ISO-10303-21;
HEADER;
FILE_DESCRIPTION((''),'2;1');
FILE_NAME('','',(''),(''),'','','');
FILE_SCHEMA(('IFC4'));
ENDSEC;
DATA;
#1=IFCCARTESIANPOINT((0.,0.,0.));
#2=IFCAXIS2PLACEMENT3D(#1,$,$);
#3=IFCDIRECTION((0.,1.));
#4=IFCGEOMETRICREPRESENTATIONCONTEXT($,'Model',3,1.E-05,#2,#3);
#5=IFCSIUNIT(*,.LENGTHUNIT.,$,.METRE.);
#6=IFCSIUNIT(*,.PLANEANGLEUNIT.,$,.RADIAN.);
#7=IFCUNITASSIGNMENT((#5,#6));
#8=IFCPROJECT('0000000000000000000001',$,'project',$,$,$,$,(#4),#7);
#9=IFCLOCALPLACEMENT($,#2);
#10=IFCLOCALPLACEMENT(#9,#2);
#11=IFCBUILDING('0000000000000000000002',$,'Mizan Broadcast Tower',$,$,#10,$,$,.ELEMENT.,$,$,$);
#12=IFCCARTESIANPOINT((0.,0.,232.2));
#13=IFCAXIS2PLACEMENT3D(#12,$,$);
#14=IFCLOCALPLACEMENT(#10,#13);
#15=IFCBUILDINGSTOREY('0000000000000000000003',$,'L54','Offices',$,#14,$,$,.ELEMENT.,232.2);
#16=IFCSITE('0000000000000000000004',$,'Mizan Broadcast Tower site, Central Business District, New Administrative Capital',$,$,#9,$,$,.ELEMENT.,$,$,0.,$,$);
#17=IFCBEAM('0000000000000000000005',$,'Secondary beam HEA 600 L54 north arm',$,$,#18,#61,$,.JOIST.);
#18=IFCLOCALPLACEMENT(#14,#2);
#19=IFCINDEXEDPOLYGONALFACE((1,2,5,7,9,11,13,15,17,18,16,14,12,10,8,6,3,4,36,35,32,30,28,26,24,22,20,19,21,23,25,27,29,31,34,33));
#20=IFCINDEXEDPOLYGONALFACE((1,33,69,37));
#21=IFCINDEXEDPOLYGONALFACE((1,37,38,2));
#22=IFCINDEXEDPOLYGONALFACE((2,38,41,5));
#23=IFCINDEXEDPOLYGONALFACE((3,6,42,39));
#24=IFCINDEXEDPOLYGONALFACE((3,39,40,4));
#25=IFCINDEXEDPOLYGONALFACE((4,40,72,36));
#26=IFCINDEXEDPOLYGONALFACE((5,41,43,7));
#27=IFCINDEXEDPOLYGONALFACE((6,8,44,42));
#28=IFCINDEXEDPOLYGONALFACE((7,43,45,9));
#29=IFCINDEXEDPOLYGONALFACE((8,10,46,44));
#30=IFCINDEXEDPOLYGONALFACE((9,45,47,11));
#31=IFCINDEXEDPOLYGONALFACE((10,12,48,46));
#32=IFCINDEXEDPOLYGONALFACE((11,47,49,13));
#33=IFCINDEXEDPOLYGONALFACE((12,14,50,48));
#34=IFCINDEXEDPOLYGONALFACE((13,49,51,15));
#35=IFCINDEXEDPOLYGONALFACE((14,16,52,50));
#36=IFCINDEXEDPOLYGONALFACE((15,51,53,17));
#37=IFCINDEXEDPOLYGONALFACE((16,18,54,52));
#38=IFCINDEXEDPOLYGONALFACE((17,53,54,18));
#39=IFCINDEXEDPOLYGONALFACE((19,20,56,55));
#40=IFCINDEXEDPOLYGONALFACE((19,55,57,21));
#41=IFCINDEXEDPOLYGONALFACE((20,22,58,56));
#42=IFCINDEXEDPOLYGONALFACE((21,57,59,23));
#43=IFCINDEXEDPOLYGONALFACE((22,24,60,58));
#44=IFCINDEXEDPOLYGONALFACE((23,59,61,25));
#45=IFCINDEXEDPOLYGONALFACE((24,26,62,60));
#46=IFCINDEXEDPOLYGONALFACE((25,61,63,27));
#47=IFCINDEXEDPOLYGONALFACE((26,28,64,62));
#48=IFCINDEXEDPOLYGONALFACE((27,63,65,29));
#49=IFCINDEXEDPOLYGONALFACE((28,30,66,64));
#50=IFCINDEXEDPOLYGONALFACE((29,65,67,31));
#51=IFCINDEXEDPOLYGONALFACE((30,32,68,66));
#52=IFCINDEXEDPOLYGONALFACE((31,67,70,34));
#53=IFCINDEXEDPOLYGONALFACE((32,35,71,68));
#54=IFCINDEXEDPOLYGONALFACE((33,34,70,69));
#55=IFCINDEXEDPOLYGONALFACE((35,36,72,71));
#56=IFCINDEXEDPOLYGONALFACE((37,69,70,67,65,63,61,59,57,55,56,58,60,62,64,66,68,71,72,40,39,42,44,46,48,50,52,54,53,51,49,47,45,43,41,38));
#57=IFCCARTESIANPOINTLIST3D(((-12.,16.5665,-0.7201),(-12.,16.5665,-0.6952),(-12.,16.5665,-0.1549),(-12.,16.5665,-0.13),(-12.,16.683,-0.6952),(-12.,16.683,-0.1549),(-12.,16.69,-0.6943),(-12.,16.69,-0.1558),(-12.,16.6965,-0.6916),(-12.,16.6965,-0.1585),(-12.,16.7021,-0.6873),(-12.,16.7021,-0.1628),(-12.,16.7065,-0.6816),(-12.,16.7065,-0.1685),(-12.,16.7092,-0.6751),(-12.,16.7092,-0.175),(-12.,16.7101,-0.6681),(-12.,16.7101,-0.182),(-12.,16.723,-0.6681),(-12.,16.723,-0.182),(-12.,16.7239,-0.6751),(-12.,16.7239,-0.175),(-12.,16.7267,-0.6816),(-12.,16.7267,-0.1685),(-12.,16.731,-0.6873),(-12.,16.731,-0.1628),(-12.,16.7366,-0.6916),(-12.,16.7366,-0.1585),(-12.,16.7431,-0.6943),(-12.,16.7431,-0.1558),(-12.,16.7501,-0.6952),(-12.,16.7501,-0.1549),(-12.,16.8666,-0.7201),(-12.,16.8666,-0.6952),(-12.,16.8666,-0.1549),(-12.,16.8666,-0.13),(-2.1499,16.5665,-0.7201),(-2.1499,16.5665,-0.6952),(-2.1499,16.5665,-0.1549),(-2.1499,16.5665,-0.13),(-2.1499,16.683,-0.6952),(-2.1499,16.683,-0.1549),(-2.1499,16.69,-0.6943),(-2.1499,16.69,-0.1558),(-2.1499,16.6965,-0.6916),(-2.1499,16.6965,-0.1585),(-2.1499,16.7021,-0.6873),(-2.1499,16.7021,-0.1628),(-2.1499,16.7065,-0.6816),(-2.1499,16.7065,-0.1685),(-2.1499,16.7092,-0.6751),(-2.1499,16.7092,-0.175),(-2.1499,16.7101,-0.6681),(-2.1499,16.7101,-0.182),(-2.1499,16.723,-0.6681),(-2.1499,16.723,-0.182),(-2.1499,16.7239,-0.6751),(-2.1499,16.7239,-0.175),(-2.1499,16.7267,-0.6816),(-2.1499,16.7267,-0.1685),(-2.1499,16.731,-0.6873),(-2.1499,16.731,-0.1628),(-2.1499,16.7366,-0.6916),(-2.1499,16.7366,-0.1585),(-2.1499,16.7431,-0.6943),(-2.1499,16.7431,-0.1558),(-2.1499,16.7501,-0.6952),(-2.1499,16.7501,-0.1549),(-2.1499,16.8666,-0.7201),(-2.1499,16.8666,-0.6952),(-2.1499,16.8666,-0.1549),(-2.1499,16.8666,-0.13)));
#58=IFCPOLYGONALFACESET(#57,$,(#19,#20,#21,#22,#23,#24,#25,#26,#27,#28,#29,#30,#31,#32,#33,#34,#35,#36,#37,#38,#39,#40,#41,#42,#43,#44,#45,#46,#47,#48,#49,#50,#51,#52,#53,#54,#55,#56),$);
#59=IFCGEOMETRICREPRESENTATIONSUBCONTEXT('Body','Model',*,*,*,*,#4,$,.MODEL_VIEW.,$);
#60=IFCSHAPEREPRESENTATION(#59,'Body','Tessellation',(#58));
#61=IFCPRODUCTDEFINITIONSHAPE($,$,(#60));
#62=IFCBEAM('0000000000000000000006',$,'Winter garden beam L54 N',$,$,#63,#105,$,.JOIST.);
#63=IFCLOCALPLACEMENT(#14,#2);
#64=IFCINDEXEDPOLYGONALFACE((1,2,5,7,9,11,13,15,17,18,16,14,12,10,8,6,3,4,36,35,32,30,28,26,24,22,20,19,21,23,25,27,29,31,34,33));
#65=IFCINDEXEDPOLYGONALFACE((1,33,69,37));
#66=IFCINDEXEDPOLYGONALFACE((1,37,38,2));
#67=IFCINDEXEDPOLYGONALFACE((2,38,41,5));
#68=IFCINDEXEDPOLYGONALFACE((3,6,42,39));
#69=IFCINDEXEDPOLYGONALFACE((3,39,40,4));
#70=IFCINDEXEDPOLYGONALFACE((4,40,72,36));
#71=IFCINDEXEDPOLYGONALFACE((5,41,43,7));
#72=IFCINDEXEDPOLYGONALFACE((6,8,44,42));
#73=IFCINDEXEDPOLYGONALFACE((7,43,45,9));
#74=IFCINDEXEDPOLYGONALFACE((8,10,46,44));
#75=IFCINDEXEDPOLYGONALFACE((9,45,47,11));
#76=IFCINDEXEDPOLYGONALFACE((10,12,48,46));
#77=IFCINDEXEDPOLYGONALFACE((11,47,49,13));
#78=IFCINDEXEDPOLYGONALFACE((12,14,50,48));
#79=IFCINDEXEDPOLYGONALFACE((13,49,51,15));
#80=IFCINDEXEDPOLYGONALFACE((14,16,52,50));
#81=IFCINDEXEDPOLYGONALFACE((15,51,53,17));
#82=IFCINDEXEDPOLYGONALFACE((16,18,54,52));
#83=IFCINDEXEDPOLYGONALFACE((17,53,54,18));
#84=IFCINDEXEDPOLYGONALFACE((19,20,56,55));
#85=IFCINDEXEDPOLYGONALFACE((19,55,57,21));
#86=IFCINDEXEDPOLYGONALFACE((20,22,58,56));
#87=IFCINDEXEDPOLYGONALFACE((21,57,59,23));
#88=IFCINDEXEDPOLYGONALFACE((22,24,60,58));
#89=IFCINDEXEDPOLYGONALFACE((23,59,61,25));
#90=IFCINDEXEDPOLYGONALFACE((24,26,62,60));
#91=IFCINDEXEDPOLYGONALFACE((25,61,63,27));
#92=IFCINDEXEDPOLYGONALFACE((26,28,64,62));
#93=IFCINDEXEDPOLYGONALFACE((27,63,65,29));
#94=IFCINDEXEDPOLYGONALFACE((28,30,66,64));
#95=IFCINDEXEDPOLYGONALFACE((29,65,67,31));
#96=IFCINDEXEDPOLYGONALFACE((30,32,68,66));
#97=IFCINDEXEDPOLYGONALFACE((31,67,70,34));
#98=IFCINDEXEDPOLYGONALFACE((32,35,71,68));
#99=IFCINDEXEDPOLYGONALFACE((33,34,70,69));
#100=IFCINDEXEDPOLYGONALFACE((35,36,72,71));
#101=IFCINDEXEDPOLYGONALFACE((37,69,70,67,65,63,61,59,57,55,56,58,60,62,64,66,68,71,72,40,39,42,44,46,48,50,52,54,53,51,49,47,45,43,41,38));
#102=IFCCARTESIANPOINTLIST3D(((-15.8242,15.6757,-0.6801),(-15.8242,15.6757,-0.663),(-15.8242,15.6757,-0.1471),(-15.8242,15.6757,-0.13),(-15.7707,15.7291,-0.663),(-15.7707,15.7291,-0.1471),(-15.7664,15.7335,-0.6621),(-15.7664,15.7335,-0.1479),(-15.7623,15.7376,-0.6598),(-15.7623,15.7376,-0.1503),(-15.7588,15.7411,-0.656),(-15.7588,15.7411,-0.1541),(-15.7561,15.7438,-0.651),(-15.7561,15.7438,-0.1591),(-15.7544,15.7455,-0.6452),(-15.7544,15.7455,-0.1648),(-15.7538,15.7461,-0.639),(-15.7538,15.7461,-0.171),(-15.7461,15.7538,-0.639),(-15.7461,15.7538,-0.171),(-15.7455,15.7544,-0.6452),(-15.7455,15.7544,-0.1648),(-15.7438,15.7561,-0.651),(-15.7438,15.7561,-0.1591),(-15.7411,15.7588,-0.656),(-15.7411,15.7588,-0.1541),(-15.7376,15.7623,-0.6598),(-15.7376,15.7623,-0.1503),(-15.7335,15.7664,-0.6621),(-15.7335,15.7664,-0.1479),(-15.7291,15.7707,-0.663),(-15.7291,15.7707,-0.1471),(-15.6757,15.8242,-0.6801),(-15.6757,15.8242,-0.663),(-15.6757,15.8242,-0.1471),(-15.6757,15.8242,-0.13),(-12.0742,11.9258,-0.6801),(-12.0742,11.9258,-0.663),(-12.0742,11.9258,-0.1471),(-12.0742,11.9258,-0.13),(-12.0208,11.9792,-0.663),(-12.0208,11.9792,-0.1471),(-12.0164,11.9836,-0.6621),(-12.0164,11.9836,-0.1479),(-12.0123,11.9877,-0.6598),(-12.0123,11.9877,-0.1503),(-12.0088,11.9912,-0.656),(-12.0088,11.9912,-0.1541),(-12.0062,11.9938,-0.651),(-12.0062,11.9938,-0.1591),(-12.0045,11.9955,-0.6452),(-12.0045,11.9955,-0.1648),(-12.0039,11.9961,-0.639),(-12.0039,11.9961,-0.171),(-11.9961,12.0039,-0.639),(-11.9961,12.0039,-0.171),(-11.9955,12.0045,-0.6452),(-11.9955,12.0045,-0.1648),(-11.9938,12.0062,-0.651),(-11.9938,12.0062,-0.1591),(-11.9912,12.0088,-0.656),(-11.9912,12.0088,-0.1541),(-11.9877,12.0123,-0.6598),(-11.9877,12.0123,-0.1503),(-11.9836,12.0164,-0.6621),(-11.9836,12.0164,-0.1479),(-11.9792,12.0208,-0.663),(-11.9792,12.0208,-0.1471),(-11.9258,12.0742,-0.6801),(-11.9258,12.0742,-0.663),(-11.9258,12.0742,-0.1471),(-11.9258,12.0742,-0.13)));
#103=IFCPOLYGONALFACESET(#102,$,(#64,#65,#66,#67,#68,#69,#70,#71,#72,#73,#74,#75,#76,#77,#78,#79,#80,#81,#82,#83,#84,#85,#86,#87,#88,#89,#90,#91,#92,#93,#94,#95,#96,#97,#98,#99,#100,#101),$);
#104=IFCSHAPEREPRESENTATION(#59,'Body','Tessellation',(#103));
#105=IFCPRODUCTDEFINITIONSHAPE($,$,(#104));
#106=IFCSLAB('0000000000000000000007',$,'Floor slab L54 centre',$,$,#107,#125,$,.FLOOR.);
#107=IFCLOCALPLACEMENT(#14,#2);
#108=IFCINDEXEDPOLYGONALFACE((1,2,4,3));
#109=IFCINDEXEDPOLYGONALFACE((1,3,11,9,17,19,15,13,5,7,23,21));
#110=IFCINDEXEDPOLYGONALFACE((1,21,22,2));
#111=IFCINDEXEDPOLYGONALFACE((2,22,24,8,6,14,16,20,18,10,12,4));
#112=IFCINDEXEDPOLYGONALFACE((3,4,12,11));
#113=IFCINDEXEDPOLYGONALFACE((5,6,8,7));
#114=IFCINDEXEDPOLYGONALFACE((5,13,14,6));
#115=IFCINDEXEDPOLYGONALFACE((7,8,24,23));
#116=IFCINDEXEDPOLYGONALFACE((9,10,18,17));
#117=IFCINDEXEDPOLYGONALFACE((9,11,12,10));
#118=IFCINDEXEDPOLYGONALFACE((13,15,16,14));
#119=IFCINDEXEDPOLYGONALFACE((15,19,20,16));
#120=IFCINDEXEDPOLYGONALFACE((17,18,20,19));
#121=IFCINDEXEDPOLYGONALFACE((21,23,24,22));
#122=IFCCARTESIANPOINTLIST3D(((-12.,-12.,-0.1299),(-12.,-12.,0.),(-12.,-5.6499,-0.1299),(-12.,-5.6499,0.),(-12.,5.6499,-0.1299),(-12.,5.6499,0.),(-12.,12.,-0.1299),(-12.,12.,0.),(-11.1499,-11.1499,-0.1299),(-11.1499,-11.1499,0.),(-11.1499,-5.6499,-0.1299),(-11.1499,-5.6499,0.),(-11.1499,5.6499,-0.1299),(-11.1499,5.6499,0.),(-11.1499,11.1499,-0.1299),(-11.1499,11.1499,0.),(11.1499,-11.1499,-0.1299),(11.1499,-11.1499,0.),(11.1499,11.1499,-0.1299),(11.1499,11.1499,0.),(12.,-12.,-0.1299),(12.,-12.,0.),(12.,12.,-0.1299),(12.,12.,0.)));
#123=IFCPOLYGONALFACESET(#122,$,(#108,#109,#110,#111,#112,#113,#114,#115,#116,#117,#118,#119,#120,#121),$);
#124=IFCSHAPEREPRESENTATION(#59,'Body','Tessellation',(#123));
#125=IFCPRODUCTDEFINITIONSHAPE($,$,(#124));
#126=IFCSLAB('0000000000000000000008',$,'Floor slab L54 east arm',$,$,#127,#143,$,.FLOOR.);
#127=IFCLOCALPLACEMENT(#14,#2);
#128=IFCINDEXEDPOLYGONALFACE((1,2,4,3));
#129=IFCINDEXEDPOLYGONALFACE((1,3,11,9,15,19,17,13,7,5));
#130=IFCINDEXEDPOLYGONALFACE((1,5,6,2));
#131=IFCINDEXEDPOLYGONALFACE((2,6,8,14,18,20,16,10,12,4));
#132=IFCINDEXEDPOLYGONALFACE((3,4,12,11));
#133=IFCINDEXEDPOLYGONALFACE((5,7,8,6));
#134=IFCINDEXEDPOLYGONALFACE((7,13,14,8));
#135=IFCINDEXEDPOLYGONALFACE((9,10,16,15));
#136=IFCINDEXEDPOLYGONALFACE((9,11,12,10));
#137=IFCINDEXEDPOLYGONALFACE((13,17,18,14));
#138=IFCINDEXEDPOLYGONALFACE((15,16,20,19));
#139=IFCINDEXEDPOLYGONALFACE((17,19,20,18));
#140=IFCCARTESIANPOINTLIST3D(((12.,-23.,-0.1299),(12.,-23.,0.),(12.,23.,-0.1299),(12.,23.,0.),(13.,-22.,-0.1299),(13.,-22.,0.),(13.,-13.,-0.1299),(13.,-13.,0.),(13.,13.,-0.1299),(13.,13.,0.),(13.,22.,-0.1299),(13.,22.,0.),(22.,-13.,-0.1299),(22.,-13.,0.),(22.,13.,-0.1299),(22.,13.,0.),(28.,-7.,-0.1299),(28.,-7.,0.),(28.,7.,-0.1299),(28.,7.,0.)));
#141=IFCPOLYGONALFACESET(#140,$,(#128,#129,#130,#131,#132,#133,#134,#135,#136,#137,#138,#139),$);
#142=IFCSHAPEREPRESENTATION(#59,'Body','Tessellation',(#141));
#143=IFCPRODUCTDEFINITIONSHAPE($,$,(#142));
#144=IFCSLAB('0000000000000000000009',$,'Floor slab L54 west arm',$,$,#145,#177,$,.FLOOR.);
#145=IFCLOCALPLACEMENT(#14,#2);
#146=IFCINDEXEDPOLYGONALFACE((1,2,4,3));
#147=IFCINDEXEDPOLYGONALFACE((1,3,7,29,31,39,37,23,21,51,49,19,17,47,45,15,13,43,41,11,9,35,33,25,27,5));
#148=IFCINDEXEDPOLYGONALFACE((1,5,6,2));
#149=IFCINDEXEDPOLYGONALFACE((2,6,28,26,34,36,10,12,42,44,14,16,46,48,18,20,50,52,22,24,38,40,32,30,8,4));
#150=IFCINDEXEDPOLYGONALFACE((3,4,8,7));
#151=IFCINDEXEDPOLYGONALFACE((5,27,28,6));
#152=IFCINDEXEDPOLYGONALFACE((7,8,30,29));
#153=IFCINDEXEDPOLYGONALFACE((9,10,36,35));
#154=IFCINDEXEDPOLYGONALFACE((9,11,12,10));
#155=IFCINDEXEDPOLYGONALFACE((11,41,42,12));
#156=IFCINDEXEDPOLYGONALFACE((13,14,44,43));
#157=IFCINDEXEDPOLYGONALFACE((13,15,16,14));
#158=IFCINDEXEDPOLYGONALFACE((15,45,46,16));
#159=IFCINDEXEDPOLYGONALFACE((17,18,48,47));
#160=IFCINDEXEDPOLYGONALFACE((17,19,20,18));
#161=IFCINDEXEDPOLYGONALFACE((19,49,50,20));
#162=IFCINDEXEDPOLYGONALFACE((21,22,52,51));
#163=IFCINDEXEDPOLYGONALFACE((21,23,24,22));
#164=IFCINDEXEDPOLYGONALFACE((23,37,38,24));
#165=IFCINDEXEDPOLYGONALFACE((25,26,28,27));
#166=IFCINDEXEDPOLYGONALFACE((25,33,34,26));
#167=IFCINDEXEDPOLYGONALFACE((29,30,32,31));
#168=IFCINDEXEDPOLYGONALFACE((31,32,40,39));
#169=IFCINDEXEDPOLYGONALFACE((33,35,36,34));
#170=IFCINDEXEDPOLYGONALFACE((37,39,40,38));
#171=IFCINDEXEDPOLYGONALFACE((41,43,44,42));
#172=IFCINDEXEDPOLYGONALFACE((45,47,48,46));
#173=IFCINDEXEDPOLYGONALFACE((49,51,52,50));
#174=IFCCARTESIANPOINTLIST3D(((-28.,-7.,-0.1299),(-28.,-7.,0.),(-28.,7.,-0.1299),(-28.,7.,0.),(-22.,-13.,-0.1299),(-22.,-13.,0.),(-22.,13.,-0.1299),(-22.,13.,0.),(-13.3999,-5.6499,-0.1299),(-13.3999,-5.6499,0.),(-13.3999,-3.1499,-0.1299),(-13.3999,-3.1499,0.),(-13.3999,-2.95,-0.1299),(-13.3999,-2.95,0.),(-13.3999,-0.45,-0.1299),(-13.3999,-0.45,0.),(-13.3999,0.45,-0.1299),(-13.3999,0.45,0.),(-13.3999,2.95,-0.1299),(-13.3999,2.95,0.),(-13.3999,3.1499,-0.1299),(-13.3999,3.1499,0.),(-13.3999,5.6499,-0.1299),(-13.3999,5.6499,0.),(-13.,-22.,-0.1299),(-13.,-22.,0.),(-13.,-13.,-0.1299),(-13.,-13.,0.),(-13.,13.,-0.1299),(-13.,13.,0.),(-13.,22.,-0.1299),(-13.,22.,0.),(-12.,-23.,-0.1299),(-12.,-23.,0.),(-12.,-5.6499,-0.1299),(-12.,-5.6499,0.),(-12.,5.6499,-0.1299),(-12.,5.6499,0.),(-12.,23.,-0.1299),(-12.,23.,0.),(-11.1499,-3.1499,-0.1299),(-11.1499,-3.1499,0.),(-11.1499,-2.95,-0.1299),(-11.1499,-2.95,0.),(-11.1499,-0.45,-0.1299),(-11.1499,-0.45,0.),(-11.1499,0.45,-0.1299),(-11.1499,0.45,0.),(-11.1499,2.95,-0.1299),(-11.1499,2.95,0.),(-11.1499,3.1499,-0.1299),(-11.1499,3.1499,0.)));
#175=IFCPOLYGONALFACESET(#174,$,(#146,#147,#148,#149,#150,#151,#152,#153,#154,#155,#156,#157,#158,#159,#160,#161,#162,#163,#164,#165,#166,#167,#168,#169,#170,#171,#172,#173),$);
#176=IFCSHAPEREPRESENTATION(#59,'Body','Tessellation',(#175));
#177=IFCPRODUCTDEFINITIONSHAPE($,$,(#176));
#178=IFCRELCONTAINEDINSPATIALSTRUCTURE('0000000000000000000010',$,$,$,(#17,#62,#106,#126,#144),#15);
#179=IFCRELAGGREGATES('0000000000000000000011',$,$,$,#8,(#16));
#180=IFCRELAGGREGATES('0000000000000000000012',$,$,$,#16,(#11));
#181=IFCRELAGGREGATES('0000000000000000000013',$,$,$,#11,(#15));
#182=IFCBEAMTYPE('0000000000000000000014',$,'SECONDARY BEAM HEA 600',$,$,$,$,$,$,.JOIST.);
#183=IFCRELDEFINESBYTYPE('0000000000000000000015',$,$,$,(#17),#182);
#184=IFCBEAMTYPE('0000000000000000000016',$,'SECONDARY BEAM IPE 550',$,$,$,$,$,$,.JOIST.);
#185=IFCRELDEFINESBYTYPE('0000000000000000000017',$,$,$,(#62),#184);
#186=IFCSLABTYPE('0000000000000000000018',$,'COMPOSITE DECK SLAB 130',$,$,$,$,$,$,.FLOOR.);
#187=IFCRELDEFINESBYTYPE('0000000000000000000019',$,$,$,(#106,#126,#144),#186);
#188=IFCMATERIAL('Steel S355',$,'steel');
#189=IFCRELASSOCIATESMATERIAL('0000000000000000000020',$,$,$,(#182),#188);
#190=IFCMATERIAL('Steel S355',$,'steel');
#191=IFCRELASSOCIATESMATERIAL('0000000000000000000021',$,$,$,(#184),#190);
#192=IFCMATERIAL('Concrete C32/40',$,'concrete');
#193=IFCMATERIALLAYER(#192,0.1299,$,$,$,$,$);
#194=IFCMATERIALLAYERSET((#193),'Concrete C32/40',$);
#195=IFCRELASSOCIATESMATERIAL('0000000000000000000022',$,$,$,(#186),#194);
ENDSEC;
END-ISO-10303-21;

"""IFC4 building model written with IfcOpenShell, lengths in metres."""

from ifc_helpers import new_model, si_unit, direction, frame, origin, origin_2d, place, context, subcontext, project, spatial, polyline, i_section, outline, extrude, material, layer, layer_set, material_profile, profile_set, type_object, element, save


model = new_model("IFC4")

# Units and contexts
model_context = context("Model", 3, precision=1e-05, world=origin(), true_north=direction((0.0, 1.0)))
body_context = subcontext(model_context, "Body", "Model", "MODEL_VIEW")
ifc_project = project(units=[si_unit("LENGTHUNIT", "METRE"), si_unit("PLANEANGLEUNIT", "RADIAN")], contexts=[model_context])

# Site, building, storey
site_placement = place(None, origin())
site = spatial("IfcSite", under=ifc_project, at=site_placement, Name="Mizan Broadcast Tower site, Central Business District, New Administrative Capital", CompositionType="ELEMENT", RefElevation=0.0)
building_placement = place(site_placement, origin())
building = spatial("IfcBuilding", under=site, at=building_placement, Name="Mizan Broadcast Tower", CompositionType="ELEMENT")
storey_placement = place(building_placement, frame((0.0, 0.0, 232.2)))
storey = spatial("IfcBuildingStorey", under=building, at=storey_placement, Name="L54", Description="Offices", CompositionType="ELEMENT", Elevation=232.2)

# Beams
ifc_material_1 = material(Name="Steel S355", Category="steel")
ifc_material_profile_1 = material_profile(ifc_material_1, i_section(OverallWidth=0.3, OverallDepth=0.5901, WebThickness=0.0129, FlangeThickness=0.0249, FilletRadius=0.0271, at=origin_2d()), Name="HEA 600")
ifc_profile_set_1 = profile_set([ifc_material_profile_1], Name="Steel S355")
beam_type_1 = type_object("IfcBeamType", Name="SECONDARY BEAM HEA 600", PredefinedType="JOIST", material=ifc_profile_set_1)
for number, where, z_axis, x_axis, name in (
    (1, (-12.0, 16.7166, -0.425), (1.0, 0.0, 0.0), (0.0, 1.0, 0.0), "Secondary beam HEA 600 L54 north arm"),
):
    element("IfcBeam", number, at=place(storey_placement, frame(where, z_axis=z_axis, x_axis=x_axis)), inside=storey, type_object=beam_type_1, Name=name, PredefinedType="JOIST", context=body_context, shape_type="SweptSolid", body=[
        extrude(i_section(OverallWidth=0.3, OverallDepth=0.5901, WebThickness=0.0129, FlangeThickness=0.0249, FilletRadius=0.0271, at=origin_2d()), origin(), (0.0, 0.0, 1.0), 9.8501),
    ])
ifc_material_2 = material(Name="Steel S355", Category="steel")
ifc_material_profile_2 = material_profile(ifc_material_2, i_section(OverallWidth=0.21, OverallDepth=0.55, WebThickness=0.011, FlangeThickness=0.0171, FilletRadius=0.0239, at=origin_2d()), Name="IPE 550")
ifc_profile_set_2 = profile_set([ifc_material_profile_2], Name="Steel S355")
beam_type_2 = type_object("IfcBeamType", Name="SECONDARY BEAM IPE 550", PredefinedType="JOIST", material=ifc_profile_set_2)
beam_1_placement = place(storey_placement, frame((-12.0, 12.0, -0.405), z_axis=(-0.707107, 0.707107, 0.0), x_axis=(-0.707107, -0.707107, 0.0)))
element("IfcBeam", 2, at=beam_1_placement, inside=storey, type_object=beam_type_2, Name="Winter garden beam L54 N", PredefinedType="JOIST", context=body_context, shape_type="SweptSolid", body=[
    extrude(i_section(OverallWidth=0.21, OverallDepth=0.55, WebThickness=0.011, FlangeThickness=0.0171, FilletRadius=0.0239, at=origin_2d()), origin(), (0.0, 0.0, 1.0), 5.3032),
])

# Slabs
ifc_material_3 = material(Name="Concrete C32/40", Category="concrete")
ifc_layer_1 = layer(ifc_material_3, 0.1299)
ifc_layer_set_1 = layer_set([ifc_layer_1], Name="Concrete C32/40")
slab_type = type_object("IfcSlabType", Name="COMPOSITE DECK SLAB 130", PredefinedType="FLOOR", material=ifc_layer_set_1)
slab_1_placement = place(storey_placement, frame((0.0, 0.0, -0.1299)))
element("IfcSlab", 3, at=slab_1_placement, inside=storey, type_object=slab_type, Name="Floor slab L54 centre", PredefinedType="FLOOR", context=body_context, shape_type="SweptSolid", body=[
    extrude(outline(polyline([(-11.1499, -5.6499), (-12.0, -5.6499), (-12.0, -12.0), (12.0, -12.0), (12.0, 12.0), (-12.0, 12.0), (-12.0, 5.6499), (-11.1499, 5.6499), (-11.1499, 11.1499), (11.1499, 11.1499), (11.1499, -11.1499), (-11.1499, -11.1499), (-11.1499, -5.6499)])), origin(), (0.0, 0.0, 1.0), 0.1299),
])
slab_2_placement = place(storey_placement, frame((0.0, 0.0, -0.1299)))
element("IfcSlab", 4, at=slab_2_placement, inside=storey, type_object=slab_type, Name="Floor slab L54 east arm", PredefinedType="FLOOR", context=body_context, shape_type="SweptSolid", body=[
    extrude(outline(polyline([(13.0, 22.0), (12.0, 23.0), (12.0, -23.0), (13.0, -22.0), (13.0, -13.0), (22.0, -13.0), (28.0, -7.0), (28.0, 7.0), (22.0, 13.0), (13.0, 13.0), (13.0, 22.0)])), origin(), (0.0, 0.0, 1.0), 0.1299),
])
slab_3_placement = place(storey_placement, frame((0.0, 0.0, -0.1299)))
element("IfcSlab", 5, at=slab_3_placement, inside=storey, type_object=slab_type, Name="Floor slab L54 west arm", PredefinedType="FLOOR", context=body_context, shape_type="SweptSolid", body=[
    extrude(outline(polyline([(-22.0, 13.0), (-28.0, 7.0), (-28.0, -7.0), (-22.0, -13.0), (-13.0, -13.0), (-13.0, -22.0), (-12.0, -23.0), (-12.0, -5.6499), (-13.3999, -5.6499), (-13.3999, -3.1499), (-11.1499, -3.1499), (-11.1499, -2.95), (-13.3999, -2.95), (-13.3999, -0.45), (-11.1499, -0.45), (-11.1499, 0.45), (-13.3999, 0.45), (-13.3999, 2.95), (-11.1499, 2.95), (-11.1499, 3.1499), (-13.3999, 3.1499), (-13.3999, 5.6499), (-12.0, 5.6499), (-12.0, 23.0), (-13.0, 22.0), (-13.0, 13.0), (-22.0, 13.0)])), origin(), (0.0, 0.0, 1.0), 0.1299),
])

save(model, "model.ifc")
